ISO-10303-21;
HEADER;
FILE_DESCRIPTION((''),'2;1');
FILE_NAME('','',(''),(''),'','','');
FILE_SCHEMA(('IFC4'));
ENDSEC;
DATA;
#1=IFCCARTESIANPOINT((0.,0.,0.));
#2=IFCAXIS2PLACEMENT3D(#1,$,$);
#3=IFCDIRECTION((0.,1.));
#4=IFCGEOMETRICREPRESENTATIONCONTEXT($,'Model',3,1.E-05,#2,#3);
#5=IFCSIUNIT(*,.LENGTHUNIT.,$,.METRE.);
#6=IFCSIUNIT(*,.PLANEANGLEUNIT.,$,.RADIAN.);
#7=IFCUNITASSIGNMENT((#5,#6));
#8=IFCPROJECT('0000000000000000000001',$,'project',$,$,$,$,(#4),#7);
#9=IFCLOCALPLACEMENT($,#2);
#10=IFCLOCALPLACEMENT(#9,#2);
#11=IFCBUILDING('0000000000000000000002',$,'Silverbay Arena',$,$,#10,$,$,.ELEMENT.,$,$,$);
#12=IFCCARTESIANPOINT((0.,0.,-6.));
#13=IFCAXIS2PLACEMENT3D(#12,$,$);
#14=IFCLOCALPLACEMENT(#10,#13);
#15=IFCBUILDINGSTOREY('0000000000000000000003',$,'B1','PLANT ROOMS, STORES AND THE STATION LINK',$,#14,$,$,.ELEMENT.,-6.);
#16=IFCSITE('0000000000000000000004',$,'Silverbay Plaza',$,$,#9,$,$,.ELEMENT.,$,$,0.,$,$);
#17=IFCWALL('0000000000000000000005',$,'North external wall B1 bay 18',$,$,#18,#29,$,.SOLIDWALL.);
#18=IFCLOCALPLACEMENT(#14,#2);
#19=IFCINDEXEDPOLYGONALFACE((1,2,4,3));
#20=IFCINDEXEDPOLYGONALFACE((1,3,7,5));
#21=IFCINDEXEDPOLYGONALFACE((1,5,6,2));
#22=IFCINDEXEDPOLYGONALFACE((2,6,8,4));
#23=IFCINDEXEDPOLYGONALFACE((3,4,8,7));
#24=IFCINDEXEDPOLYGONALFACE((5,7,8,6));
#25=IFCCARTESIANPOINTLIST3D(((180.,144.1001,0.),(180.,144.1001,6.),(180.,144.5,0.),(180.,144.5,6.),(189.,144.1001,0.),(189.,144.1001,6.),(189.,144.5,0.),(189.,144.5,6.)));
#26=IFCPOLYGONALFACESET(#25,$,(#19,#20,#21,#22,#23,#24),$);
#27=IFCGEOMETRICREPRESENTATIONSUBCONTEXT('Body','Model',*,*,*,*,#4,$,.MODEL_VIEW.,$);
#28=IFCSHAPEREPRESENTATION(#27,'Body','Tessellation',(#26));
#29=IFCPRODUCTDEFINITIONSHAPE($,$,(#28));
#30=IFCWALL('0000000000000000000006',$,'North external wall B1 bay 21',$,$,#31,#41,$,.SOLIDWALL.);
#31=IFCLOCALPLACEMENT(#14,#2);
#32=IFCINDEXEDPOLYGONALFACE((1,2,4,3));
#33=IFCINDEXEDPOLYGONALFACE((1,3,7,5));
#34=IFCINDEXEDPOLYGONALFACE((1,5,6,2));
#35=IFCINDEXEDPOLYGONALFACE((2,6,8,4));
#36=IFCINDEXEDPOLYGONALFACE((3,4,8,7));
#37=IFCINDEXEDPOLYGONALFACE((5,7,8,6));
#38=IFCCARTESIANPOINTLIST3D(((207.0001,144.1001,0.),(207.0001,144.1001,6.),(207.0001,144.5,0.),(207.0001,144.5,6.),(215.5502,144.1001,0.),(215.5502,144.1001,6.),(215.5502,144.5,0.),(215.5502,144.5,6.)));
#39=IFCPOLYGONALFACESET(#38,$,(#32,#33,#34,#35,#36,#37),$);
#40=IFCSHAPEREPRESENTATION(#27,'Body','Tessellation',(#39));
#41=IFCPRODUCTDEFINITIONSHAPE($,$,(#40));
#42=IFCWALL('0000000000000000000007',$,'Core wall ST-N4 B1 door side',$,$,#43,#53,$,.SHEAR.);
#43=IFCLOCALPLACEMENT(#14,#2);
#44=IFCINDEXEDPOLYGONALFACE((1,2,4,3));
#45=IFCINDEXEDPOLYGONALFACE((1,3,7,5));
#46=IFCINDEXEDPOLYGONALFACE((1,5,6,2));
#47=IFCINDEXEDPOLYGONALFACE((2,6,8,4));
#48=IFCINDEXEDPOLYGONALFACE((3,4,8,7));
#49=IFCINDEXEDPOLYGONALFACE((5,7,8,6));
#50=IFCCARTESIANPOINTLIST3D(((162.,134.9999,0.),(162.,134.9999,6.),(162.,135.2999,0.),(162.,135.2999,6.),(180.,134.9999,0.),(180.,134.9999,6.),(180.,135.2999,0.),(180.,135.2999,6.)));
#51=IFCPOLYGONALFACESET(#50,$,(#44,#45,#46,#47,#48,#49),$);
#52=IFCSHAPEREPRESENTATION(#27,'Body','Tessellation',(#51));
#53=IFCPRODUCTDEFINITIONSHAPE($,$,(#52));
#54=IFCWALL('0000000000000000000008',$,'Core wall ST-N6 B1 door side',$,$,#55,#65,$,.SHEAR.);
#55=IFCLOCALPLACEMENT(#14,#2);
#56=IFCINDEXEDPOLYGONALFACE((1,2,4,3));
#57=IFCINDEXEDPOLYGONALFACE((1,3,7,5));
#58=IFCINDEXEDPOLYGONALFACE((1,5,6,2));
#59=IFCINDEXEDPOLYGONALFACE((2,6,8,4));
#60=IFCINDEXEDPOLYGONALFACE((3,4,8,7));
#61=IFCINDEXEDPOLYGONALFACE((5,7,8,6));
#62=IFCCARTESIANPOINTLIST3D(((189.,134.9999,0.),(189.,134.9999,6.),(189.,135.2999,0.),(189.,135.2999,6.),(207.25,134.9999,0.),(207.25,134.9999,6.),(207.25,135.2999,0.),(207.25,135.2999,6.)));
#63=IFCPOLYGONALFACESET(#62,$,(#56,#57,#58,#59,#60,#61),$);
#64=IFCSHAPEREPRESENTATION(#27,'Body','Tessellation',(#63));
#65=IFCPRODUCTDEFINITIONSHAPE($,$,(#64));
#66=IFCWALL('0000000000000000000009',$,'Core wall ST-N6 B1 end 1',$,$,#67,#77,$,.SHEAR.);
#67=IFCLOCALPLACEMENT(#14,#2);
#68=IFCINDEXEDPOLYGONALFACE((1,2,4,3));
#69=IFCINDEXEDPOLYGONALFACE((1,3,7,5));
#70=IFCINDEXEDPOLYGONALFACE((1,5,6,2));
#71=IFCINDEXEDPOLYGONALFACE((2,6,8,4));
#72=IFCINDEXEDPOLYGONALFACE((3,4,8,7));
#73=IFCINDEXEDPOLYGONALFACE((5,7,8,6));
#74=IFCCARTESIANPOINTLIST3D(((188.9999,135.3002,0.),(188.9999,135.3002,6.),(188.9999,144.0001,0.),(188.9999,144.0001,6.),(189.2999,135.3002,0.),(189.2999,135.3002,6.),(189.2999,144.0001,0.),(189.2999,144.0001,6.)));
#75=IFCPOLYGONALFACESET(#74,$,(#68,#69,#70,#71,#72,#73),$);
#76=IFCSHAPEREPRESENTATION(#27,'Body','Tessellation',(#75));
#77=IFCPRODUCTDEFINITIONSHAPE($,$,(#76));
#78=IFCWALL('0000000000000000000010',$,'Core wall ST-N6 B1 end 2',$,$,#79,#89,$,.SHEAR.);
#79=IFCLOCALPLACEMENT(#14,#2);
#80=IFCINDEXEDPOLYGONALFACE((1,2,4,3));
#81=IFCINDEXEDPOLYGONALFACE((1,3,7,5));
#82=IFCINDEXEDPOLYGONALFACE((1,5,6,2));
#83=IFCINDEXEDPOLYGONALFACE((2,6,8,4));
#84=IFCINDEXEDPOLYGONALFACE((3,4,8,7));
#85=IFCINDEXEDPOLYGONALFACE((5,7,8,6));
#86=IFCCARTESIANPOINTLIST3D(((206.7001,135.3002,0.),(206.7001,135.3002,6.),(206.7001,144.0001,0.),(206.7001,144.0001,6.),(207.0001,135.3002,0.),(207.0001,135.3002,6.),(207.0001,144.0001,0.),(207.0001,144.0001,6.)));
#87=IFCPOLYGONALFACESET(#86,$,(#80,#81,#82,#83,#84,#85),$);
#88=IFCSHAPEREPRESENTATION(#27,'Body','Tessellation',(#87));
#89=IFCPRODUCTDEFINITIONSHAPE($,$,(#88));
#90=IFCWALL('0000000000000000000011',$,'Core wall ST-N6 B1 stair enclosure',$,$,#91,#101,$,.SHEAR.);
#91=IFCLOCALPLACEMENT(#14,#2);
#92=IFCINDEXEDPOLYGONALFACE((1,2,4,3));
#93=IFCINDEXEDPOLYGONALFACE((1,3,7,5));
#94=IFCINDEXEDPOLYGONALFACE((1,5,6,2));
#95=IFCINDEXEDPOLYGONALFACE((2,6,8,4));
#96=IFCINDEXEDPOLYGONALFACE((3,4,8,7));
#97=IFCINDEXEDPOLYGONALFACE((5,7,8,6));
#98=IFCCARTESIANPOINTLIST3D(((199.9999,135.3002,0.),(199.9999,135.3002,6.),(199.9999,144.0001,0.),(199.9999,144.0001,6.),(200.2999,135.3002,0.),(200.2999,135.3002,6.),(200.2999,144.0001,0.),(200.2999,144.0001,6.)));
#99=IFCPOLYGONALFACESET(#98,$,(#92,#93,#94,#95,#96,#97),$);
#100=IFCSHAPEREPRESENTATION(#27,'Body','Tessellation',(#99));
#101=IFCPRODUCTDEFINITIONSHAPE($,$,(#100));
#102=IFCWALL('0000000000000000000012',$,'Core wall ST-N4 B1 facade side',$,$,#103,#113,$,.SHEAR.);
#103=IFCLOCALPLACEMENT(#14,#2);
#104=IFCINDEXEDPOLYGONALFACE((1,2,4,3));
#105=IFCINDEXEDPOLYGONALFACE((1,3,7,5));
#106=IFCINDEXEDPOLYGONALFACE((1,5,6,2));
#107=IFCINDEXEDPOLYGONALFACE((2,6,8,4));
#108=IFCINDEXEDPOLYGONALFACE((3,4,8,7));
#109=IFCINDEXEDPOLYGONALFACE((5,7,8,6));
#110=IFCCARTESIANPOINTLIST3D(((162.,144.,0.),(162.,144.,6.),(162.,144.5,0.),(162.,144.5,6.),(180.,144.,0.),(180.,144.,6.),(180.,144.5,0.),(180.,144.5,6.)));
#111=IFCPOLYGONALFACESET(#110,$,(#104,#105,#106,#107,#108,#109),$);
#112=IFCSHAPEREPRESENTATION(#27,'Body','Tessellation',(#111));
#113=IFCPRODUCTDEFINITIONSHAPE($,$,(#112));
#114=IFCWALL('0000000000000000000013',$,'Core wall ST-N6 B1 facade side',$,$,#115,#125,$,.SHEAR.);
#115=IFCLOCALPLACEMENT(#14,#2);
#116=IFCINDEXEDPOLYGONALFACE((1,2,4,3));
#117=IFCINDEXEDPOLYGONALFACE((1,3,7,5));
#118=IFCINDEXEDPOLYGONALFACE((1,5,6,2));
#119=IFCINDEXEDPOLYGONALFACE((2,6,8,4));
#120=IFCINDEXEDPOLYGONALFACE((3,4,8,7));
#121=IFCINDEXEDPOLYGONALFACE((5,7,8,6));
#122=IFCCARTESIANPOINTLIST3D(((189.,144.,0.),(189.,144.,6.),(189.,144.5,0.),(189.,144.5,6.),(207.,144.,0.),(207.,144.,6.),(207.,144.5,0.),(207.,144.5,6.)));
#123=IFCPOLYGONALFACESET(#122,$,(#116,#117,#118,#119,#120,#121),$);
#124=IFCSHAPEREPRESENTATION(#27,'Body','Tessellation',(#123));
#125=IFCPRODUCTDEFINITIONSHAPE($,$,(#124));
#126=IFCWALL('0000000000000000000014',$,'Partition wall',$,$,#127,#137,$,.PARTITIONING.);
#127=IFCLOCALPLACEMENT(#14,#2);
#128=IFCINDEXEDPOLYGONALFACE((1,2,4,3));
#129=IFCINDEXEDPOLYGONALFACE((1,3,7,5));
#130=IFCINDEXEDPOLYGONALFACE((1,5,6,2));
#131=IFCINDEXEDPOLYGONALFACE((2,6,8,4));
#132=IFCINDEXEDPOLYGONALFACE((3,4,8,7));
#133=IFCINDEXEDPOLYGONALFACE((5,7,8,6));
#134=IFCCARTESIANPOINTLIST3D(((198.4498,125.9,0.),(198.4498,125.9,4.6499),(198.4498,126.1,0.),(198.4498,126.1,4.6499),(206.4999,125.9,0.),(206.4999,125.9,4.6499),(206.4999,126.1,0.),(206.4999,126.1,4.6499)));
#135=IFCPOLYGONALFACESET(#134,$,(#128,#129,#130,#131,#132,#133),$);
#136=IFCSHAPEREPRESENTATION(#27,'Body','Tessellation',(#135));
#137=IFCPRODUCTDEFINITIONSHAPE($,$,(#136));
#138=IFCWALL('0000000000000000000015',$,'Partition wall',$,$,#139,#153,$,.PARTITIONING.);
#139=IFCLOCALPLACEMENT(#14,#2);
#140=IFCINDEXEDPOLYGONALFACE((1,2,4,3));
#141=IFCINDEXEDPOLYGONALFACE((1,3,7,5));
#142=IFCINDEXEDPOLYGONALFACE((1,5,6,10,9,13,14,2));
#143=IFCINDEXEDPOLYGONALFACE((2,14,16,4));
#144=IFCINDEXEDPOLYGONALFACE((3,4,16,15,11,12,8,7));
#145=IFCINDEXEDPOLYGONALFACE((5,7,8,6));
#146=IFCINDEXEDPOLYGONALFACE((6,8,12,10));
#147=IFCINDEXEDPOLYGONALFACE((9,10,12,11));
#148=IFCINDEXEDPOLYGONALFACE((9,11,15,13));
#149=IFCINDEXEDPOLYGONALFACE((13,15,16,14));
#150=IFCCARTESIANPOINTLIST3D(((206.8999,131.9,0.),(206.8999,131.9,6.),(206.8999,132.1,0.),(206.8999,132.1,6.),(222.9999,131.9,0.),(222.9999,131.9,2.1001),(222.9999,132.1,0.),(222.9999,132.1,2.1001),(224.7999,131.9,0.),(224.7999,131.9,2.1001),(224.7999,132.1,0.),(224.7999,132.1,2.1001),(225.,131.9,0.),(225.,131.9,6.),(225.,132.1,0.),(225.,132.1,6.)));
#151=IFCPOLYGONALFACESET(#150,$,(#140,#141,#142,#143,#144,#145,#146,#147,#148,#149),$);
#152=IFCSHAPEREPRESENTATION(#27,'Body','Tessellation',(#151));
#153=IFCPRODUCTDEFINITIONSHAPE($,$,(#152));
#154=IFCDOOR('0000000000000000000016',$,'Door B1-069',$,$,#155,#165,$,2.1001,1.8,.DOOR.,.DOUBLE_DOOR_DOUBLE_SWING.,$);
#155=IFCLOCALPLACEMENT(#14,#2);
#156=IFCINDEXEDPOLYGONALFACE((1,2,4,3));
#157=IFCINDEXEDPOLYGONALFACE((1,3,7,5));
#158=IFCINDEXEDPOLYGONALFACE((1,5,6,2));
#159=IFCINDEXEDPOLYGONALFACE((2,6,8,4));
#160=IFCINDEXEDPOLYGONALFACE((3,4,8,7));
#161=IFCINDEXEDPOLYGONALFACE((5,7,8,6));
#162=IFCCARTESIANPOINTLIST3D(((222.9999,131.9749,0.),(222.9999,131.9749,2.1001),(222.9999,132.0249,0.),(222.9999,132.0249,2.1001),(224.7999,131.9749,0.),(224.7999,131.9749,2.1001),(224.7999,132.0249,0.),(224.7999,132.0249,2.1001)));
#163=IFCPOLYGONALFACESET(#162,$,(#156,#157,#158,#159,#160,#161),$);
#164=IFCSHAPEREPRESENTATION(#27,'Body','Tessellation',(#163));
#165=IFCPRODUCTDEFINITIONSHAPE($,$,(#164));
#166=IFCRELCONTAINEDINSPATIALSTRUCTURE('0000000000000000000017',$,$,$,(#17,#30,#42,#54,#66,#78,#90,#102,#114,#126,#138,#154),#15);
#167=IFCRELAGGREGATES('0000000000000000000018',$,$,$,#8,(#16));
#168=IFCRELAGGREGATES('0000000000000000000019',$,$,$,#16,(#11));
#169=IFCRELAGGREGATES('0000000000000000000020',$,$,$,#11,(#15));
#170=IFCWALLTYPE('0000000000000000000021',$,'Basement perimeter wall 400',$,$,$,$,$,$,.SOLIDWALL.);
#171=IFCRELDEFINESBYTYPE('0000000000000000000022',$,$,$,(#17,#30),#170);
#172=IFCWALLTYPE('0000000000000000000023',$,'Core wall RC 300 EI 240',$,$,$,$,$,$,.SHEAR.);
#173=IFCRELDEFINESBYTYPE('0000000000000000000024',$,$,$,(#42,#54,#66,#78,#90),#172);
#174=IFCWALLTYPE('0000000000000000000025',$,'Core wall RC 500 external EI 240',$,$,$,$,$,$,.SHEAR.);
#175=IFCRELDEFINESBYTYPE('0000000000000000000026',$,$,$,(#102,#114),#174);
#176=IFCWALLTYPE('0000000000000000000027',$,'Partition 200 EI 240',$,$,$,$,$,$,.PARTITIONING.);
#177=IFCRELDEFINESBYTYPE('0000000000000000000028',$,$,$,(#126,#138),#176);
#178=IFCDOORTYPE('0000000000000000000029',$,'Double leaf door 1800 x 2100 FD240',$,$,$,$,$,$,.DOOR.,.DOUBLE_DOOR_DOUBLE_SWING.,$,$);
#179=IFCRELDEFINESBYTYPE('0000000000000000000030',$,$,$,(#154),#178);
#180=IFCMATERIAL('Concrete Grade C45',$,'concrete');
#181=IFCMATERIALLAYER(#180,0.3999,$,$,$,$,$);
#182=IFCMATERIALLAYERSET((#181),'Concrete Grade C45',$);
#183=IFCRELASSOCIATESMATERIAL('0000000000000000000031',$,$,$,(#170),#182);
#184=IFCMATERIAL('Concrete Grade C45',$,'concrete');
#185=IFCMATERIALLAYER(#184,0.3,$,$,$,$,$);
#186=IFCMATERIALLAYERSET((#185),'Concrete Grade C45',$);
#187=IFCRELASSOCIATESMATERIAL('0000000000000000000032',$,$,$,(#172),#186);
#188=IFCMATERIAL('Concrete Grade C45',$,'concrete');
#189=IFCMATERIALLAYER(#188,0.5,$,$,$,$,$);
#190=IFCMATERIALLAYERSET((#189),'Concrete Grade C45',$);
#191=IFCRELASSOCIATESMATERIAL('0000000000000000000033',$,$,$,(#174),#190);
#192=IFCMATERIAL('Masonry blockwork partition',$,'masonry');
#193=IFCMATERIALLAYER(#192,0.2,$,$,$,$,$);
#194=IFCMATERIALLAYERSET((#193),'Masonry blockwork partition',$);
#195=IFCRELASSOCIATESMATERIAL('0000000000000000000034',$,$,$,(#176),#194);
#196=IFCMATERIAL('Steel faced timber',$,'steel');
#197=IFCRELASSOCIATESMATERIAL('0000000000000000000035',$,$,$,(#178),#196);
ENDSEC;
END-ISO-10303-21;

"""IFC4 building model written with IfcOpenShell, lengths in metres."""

from ifc_helpers import new_model, si_unit, direction, frame, frame_2d, origin, place, context, subcontext, project, spatial, rectangle, extrude, material, layer, layer_set, type_object, element, fill, save


model = new_model("IFC4")

# Units and contexts
model_context = context("Model", 3, precision=1e-05, world=origin(), true_north=direction((0.0, 1.0)))
body_context = subcontext(model_context, "Body", "Model", "MODEL_VIEW")
ifc_project = project(units=[si_unit("LENGTHUNIT", "METRE"), si_unit("PLANEANGLEUNIT", "RADIAN")], contexts=[model_context])

# Site, building, storey
site_placement = place(None, origin())
site = spatial("IfcSite", under=ifc_project, at=site_placement, Name="Silverbay Plaza", CompositionType="ELEMENT", RefElevation=0.0)
building_placement = place(site_placement, origin())
building = spatial("IfcBuilding", under=site, at=building_placement, Name="Silverbay Arena", CompositionType="ELEMENT")
storey_placement = place(building_placement, frame((0.0, 0.0, -6.0)))
storey = spatial("IfcBuildingStorey", under=building, at=storey_placement, Name="B1", Description="PLANT ROOMS, STORES AND THE STATION LINK", CompositionType="ELEMENT", Elevation=-6.0)

# Walls
ifc_material_1 = material(Name="Concrete Grade C45", Category="concrete")
ifc_layer_1 = layer(ifc_material_1, 0.3999)
ifc_layer_set_1 = layer_set([ifc_layer_1], Name="Concrete Grade C45")
wall_type_1 = type_object("IfcWallType", Name="Basement perimeter wall 400", PredefinedType="SOLIDWALL", material=ifc_layer_set_1)
wall_1_placement = place(storey_placement, frame((189.0, 144.3, 0.0), z_axis=(0.0, 0.0, 1.0), x_axis=(-1.0, 0.0, 0.0)))
element("IfcWall", 1, at=wall_1_placement, inside=storey, type_object=wall_type_1, Name="North external wall B1 bay 18", PredefinedType="SOLIDWALL", context=body_context, shape_type="SweptSolid", body=[
    extrude(rectangle(XDim=9.0, YDim=0.3999, at=frame_2d((4.5, 0.0))), origin(), (0.0, 0.0, 1.0), 6.0),
])
wall_2_placement = place(storey_placement, frame((215.55, 144.3, 0.0), z_axis=(0.0, 0.0, 1.0), x_axis=(-1.0, 0.0, 0.0)))
element("IfcWall", 2, at=wall_2_placement, inside=storey, type_object=wall_type_1, Name="North external wall B1 bay 21", PredefinedType="SOLIDWALL", context=body_context, shape_type="SweptSolid", body=[
    extrude(rectangle(XDim=8.55, YDim=0.3999, at=frame_2d((4.2749, 0.0))), origin(), (0.0, 0.0, 1.0), 6.0),
])
ifc_material_2 = material(Name="Concrete Grade C45", Category="concrete")
ifc_layer_2 = layer(ifc_material_2, 0.3)
ifc_layer_set_2 = layer_set([ifc_layer_2], Name="Concrete Grade C45")
wall_type_2 = type_object("IfcWallType", Name="Core wall RC 300 EI 240", PredefinedType="SHEAR", material=ifc_layer_set_2)
wall_3_placement = place(storey_placement, frame((180.0, 135.1499, 0.0), z_axis=(0.0, 0.0, 1.0), x_axis=(-1.0, 0.0, 0.0)))
element("IfcWall", 3, at=wall_3_placement, inside=storey, type_object=wall_type_2, Name="Core wall ST-N4 B1 door side", PredefinedType="SHEAR", context=body_context, shape_type="SweptSolid", body=[
    extrude(rectangle(XDim=18.0, YDim=0.3, at=frame_2d((9.0, 0.0))), origin(), (0.0, 0.0, 1.0), 6.0),
])
wall_4_placement = place(storey_placement, frame((189.0, 135.1499, 0.0), z_axis=(0.0, 0.0, 1.0), x_axis=(1.0, 0.0, 0.0)))
element("IfcWall", 4, at=wall_4_placement, inside=storey, type_object=wall_type_2, Name="Core wall ST-N6 B1 door side", PredefinedType="SHEAR", context=body_context, shape_type="SweptSolid", body=[
    extrude(rectangle(XDim=18.25, YDim=0.3, at=frame_2d((9.125, 0.0))), origin(), (0.0, 0.0, 1.0), 6.0),
])
for number, where, z_axis, x_axis, name in (
    (5, (189.1499, 135.3, 0.0), (0.0, 0.0, 1.0), (0.0, 1.0, 0.0), "Core wall ST-N6 B1 end 1"),
    (6, (206.8501, 135.3, 0.0), (0.0, 0.0, 1.0), (0.0, 1.0, 0.0), "Core wall ST-N6 B1 end 2"),
    (7, (200.1499, 135.3, 0.0), (0.0, 0.0, 1.0), (0.0, 1.0, 0.0), "Core wall ST-N6 B1 stair enclosure"),
):
    element("IfcWall", number, at=place(storey_placement, frame(where, z_axis=z_axis, x_axis=x_axis)), inside=storey, type_object=wall_type_2, Name=name, PredefinedType="SHEAR", context=body_context, shape_type="SweptSolid", body=[
        extrude(rectangle(XDim=8.7, YDim=0.3, at=frame_2d((4.3501, 0.0))), origin(), (0.0, 0.0, 1.0), 6.0),
    ])
ifc_material_3 = material(Name="Concrete Grade C45", Category="concrete")
ifc_layer_3 = layer(ifc_material_3, 0.5)
ifc_layer_set_3 = layer_set([ifc_layer_3], Name="Concrete Grade C45")
wall_type_3 = type_object("IfcWallType", Name="Core wall RC 500 external EI 240", PredefinedType="SHEAR", material=ifc_layer_set_3)
for number, where, z_axis, x_axis, name in (
    (8, (180.0, 144.25, 0.0), (0.0, 0.0, 1.0), (-1.0, 0.0, 0.0), "Core wall ST-N4 B1 facade side"),
    (9, (189.0, 144.25, 0.0), (0.0, 0.0, 1.0), (1.0, 0.0, 0.0), "Core wall ST-N6 B1 facade side"),
):
    element("IfcWall", number, at=place(storey_placement, frame(where, z_axis=z_axis, x_axis=x_axis)), inside=storey, type_object=wall_type_3, Name=name, PredefinedType="SHEAR", context=body_context, shape_type="SweptSolid", body=[
        extrude(rectangle(XDim=18.0, YDim=0.5, at=frame_2d((9.0, 0.0))), origin(), (0.0, 0.0, 1.0), 6.0),
    ])
ifc_material_4 = material(Name="Masonry blockwork partition", Category="masonry")
ifc_layer_4 = layer(ifc_material_4, 0.2)
ifc_layer_set_4 = layer_set([ifc_layer_4], Name="Masonry blockwork partition")
wall_type_4 = type_object("IfcWallType", Name="Partition 200 EI 240", PredefinedType="PARTITIONING", material=ifc_layer_set_4)
wall_5_placement = place(storey_placement, frame((198.45, 126.0, 0.0), z_axis=(0.0, 0.0, 1.0), x_axis=(1.0, 0.0, 0.0)))
element("IfcWall", 10, at=wall_5_placement, inside=storey, type_object=wall_type_4, Name="Partition wall", PredefinedType="PARTITIONING", context=body_context, shape_type="SweptSolid", body=[
    extrude(rectangle(XDim=8.05, YDim=0.2, at=frame_2d((4.0249, 0.0))), origin(), (0.0, 0.0, 1.0), 4.6499),
])

# Wall, opening, door
wall_6_placement = place(storey_placement, frame((206.8999, 132.0, 0.0), z_axis=(0.0, 0.0, 1.0), x_axis=(1.0, 0.0, 0.0)))
wall_6 = element("IfcWall", 11, at=wall_6_placement, inside=storey, type_object=wall_type_4, Name="Partition wall", PredefinedType="PARTITIONING", context=body_context, shape_type="SweptSolid", body=[
    extrude(rectangle(XDim=18.1001, YDim=0.2, at=frame_2d((9.05, 0.0))), origin(), (0.0, 0.0, 1.0), 6.0),
])
opening_1_placement = place(wall_6_placement, frame((16.1001, 0.0, 0.0)))
opening_1 = element("IfcOpeningElement", 12, at=opening_1_placement, cuts=wall_6, PredefinedType="OPENING", context=body_context, shape_type="SweptSolid", body=[
    extrude(rectangle(XDim=1.8, YDim=2.1001, at=frame_2d((0.8999, 1.05))), frame((0.0, 0.1099, 0.0), z_axis=(0.0, -1.0, 0.0), x_axis=(1.0, 0.0, 0.0)), (0.0, 0.0, 1.0), 0.22),
])
ifc_material_5 = material(Name="Steel faced timber", Category="steel")
door_type_1 = type_object("IfcDoorType", Name="Double leaf door 1800 x 2100 FD240", OperationType="DOUBLE_DOOR_DOUBLE_SWING", PredefinedType="DOOR", material=ifc_material_5)
door_1_placement = place(opening_1_placement, origin())
door_1 = element("IfcDoor", 13, at=door_1_placement, inside=storey, type_object=door_type_1, Name="Door B1-069", OperationType="DOUBLE_DOOR_DOUBLE_SWING", OverallHeight=2.1001, OverallWidth=1.8, PredefinedType="DOOR", context=body_context, shape_type="SweptSolid", body=[
    extrude(rectangle(XDim=1.8, YDim=2.1001, at=frame_2d((0.8999, 1.05))), frame((0.0, 0.0249, 0.0), z_axis=(0.0, -1.0, 0.0), x_axis=(1.0, 0.0, 0.0)), (0.0, 0.0, 1.0), 0.05),
])
fill(opening_1, door_1)

save(model, "model.ifc")
